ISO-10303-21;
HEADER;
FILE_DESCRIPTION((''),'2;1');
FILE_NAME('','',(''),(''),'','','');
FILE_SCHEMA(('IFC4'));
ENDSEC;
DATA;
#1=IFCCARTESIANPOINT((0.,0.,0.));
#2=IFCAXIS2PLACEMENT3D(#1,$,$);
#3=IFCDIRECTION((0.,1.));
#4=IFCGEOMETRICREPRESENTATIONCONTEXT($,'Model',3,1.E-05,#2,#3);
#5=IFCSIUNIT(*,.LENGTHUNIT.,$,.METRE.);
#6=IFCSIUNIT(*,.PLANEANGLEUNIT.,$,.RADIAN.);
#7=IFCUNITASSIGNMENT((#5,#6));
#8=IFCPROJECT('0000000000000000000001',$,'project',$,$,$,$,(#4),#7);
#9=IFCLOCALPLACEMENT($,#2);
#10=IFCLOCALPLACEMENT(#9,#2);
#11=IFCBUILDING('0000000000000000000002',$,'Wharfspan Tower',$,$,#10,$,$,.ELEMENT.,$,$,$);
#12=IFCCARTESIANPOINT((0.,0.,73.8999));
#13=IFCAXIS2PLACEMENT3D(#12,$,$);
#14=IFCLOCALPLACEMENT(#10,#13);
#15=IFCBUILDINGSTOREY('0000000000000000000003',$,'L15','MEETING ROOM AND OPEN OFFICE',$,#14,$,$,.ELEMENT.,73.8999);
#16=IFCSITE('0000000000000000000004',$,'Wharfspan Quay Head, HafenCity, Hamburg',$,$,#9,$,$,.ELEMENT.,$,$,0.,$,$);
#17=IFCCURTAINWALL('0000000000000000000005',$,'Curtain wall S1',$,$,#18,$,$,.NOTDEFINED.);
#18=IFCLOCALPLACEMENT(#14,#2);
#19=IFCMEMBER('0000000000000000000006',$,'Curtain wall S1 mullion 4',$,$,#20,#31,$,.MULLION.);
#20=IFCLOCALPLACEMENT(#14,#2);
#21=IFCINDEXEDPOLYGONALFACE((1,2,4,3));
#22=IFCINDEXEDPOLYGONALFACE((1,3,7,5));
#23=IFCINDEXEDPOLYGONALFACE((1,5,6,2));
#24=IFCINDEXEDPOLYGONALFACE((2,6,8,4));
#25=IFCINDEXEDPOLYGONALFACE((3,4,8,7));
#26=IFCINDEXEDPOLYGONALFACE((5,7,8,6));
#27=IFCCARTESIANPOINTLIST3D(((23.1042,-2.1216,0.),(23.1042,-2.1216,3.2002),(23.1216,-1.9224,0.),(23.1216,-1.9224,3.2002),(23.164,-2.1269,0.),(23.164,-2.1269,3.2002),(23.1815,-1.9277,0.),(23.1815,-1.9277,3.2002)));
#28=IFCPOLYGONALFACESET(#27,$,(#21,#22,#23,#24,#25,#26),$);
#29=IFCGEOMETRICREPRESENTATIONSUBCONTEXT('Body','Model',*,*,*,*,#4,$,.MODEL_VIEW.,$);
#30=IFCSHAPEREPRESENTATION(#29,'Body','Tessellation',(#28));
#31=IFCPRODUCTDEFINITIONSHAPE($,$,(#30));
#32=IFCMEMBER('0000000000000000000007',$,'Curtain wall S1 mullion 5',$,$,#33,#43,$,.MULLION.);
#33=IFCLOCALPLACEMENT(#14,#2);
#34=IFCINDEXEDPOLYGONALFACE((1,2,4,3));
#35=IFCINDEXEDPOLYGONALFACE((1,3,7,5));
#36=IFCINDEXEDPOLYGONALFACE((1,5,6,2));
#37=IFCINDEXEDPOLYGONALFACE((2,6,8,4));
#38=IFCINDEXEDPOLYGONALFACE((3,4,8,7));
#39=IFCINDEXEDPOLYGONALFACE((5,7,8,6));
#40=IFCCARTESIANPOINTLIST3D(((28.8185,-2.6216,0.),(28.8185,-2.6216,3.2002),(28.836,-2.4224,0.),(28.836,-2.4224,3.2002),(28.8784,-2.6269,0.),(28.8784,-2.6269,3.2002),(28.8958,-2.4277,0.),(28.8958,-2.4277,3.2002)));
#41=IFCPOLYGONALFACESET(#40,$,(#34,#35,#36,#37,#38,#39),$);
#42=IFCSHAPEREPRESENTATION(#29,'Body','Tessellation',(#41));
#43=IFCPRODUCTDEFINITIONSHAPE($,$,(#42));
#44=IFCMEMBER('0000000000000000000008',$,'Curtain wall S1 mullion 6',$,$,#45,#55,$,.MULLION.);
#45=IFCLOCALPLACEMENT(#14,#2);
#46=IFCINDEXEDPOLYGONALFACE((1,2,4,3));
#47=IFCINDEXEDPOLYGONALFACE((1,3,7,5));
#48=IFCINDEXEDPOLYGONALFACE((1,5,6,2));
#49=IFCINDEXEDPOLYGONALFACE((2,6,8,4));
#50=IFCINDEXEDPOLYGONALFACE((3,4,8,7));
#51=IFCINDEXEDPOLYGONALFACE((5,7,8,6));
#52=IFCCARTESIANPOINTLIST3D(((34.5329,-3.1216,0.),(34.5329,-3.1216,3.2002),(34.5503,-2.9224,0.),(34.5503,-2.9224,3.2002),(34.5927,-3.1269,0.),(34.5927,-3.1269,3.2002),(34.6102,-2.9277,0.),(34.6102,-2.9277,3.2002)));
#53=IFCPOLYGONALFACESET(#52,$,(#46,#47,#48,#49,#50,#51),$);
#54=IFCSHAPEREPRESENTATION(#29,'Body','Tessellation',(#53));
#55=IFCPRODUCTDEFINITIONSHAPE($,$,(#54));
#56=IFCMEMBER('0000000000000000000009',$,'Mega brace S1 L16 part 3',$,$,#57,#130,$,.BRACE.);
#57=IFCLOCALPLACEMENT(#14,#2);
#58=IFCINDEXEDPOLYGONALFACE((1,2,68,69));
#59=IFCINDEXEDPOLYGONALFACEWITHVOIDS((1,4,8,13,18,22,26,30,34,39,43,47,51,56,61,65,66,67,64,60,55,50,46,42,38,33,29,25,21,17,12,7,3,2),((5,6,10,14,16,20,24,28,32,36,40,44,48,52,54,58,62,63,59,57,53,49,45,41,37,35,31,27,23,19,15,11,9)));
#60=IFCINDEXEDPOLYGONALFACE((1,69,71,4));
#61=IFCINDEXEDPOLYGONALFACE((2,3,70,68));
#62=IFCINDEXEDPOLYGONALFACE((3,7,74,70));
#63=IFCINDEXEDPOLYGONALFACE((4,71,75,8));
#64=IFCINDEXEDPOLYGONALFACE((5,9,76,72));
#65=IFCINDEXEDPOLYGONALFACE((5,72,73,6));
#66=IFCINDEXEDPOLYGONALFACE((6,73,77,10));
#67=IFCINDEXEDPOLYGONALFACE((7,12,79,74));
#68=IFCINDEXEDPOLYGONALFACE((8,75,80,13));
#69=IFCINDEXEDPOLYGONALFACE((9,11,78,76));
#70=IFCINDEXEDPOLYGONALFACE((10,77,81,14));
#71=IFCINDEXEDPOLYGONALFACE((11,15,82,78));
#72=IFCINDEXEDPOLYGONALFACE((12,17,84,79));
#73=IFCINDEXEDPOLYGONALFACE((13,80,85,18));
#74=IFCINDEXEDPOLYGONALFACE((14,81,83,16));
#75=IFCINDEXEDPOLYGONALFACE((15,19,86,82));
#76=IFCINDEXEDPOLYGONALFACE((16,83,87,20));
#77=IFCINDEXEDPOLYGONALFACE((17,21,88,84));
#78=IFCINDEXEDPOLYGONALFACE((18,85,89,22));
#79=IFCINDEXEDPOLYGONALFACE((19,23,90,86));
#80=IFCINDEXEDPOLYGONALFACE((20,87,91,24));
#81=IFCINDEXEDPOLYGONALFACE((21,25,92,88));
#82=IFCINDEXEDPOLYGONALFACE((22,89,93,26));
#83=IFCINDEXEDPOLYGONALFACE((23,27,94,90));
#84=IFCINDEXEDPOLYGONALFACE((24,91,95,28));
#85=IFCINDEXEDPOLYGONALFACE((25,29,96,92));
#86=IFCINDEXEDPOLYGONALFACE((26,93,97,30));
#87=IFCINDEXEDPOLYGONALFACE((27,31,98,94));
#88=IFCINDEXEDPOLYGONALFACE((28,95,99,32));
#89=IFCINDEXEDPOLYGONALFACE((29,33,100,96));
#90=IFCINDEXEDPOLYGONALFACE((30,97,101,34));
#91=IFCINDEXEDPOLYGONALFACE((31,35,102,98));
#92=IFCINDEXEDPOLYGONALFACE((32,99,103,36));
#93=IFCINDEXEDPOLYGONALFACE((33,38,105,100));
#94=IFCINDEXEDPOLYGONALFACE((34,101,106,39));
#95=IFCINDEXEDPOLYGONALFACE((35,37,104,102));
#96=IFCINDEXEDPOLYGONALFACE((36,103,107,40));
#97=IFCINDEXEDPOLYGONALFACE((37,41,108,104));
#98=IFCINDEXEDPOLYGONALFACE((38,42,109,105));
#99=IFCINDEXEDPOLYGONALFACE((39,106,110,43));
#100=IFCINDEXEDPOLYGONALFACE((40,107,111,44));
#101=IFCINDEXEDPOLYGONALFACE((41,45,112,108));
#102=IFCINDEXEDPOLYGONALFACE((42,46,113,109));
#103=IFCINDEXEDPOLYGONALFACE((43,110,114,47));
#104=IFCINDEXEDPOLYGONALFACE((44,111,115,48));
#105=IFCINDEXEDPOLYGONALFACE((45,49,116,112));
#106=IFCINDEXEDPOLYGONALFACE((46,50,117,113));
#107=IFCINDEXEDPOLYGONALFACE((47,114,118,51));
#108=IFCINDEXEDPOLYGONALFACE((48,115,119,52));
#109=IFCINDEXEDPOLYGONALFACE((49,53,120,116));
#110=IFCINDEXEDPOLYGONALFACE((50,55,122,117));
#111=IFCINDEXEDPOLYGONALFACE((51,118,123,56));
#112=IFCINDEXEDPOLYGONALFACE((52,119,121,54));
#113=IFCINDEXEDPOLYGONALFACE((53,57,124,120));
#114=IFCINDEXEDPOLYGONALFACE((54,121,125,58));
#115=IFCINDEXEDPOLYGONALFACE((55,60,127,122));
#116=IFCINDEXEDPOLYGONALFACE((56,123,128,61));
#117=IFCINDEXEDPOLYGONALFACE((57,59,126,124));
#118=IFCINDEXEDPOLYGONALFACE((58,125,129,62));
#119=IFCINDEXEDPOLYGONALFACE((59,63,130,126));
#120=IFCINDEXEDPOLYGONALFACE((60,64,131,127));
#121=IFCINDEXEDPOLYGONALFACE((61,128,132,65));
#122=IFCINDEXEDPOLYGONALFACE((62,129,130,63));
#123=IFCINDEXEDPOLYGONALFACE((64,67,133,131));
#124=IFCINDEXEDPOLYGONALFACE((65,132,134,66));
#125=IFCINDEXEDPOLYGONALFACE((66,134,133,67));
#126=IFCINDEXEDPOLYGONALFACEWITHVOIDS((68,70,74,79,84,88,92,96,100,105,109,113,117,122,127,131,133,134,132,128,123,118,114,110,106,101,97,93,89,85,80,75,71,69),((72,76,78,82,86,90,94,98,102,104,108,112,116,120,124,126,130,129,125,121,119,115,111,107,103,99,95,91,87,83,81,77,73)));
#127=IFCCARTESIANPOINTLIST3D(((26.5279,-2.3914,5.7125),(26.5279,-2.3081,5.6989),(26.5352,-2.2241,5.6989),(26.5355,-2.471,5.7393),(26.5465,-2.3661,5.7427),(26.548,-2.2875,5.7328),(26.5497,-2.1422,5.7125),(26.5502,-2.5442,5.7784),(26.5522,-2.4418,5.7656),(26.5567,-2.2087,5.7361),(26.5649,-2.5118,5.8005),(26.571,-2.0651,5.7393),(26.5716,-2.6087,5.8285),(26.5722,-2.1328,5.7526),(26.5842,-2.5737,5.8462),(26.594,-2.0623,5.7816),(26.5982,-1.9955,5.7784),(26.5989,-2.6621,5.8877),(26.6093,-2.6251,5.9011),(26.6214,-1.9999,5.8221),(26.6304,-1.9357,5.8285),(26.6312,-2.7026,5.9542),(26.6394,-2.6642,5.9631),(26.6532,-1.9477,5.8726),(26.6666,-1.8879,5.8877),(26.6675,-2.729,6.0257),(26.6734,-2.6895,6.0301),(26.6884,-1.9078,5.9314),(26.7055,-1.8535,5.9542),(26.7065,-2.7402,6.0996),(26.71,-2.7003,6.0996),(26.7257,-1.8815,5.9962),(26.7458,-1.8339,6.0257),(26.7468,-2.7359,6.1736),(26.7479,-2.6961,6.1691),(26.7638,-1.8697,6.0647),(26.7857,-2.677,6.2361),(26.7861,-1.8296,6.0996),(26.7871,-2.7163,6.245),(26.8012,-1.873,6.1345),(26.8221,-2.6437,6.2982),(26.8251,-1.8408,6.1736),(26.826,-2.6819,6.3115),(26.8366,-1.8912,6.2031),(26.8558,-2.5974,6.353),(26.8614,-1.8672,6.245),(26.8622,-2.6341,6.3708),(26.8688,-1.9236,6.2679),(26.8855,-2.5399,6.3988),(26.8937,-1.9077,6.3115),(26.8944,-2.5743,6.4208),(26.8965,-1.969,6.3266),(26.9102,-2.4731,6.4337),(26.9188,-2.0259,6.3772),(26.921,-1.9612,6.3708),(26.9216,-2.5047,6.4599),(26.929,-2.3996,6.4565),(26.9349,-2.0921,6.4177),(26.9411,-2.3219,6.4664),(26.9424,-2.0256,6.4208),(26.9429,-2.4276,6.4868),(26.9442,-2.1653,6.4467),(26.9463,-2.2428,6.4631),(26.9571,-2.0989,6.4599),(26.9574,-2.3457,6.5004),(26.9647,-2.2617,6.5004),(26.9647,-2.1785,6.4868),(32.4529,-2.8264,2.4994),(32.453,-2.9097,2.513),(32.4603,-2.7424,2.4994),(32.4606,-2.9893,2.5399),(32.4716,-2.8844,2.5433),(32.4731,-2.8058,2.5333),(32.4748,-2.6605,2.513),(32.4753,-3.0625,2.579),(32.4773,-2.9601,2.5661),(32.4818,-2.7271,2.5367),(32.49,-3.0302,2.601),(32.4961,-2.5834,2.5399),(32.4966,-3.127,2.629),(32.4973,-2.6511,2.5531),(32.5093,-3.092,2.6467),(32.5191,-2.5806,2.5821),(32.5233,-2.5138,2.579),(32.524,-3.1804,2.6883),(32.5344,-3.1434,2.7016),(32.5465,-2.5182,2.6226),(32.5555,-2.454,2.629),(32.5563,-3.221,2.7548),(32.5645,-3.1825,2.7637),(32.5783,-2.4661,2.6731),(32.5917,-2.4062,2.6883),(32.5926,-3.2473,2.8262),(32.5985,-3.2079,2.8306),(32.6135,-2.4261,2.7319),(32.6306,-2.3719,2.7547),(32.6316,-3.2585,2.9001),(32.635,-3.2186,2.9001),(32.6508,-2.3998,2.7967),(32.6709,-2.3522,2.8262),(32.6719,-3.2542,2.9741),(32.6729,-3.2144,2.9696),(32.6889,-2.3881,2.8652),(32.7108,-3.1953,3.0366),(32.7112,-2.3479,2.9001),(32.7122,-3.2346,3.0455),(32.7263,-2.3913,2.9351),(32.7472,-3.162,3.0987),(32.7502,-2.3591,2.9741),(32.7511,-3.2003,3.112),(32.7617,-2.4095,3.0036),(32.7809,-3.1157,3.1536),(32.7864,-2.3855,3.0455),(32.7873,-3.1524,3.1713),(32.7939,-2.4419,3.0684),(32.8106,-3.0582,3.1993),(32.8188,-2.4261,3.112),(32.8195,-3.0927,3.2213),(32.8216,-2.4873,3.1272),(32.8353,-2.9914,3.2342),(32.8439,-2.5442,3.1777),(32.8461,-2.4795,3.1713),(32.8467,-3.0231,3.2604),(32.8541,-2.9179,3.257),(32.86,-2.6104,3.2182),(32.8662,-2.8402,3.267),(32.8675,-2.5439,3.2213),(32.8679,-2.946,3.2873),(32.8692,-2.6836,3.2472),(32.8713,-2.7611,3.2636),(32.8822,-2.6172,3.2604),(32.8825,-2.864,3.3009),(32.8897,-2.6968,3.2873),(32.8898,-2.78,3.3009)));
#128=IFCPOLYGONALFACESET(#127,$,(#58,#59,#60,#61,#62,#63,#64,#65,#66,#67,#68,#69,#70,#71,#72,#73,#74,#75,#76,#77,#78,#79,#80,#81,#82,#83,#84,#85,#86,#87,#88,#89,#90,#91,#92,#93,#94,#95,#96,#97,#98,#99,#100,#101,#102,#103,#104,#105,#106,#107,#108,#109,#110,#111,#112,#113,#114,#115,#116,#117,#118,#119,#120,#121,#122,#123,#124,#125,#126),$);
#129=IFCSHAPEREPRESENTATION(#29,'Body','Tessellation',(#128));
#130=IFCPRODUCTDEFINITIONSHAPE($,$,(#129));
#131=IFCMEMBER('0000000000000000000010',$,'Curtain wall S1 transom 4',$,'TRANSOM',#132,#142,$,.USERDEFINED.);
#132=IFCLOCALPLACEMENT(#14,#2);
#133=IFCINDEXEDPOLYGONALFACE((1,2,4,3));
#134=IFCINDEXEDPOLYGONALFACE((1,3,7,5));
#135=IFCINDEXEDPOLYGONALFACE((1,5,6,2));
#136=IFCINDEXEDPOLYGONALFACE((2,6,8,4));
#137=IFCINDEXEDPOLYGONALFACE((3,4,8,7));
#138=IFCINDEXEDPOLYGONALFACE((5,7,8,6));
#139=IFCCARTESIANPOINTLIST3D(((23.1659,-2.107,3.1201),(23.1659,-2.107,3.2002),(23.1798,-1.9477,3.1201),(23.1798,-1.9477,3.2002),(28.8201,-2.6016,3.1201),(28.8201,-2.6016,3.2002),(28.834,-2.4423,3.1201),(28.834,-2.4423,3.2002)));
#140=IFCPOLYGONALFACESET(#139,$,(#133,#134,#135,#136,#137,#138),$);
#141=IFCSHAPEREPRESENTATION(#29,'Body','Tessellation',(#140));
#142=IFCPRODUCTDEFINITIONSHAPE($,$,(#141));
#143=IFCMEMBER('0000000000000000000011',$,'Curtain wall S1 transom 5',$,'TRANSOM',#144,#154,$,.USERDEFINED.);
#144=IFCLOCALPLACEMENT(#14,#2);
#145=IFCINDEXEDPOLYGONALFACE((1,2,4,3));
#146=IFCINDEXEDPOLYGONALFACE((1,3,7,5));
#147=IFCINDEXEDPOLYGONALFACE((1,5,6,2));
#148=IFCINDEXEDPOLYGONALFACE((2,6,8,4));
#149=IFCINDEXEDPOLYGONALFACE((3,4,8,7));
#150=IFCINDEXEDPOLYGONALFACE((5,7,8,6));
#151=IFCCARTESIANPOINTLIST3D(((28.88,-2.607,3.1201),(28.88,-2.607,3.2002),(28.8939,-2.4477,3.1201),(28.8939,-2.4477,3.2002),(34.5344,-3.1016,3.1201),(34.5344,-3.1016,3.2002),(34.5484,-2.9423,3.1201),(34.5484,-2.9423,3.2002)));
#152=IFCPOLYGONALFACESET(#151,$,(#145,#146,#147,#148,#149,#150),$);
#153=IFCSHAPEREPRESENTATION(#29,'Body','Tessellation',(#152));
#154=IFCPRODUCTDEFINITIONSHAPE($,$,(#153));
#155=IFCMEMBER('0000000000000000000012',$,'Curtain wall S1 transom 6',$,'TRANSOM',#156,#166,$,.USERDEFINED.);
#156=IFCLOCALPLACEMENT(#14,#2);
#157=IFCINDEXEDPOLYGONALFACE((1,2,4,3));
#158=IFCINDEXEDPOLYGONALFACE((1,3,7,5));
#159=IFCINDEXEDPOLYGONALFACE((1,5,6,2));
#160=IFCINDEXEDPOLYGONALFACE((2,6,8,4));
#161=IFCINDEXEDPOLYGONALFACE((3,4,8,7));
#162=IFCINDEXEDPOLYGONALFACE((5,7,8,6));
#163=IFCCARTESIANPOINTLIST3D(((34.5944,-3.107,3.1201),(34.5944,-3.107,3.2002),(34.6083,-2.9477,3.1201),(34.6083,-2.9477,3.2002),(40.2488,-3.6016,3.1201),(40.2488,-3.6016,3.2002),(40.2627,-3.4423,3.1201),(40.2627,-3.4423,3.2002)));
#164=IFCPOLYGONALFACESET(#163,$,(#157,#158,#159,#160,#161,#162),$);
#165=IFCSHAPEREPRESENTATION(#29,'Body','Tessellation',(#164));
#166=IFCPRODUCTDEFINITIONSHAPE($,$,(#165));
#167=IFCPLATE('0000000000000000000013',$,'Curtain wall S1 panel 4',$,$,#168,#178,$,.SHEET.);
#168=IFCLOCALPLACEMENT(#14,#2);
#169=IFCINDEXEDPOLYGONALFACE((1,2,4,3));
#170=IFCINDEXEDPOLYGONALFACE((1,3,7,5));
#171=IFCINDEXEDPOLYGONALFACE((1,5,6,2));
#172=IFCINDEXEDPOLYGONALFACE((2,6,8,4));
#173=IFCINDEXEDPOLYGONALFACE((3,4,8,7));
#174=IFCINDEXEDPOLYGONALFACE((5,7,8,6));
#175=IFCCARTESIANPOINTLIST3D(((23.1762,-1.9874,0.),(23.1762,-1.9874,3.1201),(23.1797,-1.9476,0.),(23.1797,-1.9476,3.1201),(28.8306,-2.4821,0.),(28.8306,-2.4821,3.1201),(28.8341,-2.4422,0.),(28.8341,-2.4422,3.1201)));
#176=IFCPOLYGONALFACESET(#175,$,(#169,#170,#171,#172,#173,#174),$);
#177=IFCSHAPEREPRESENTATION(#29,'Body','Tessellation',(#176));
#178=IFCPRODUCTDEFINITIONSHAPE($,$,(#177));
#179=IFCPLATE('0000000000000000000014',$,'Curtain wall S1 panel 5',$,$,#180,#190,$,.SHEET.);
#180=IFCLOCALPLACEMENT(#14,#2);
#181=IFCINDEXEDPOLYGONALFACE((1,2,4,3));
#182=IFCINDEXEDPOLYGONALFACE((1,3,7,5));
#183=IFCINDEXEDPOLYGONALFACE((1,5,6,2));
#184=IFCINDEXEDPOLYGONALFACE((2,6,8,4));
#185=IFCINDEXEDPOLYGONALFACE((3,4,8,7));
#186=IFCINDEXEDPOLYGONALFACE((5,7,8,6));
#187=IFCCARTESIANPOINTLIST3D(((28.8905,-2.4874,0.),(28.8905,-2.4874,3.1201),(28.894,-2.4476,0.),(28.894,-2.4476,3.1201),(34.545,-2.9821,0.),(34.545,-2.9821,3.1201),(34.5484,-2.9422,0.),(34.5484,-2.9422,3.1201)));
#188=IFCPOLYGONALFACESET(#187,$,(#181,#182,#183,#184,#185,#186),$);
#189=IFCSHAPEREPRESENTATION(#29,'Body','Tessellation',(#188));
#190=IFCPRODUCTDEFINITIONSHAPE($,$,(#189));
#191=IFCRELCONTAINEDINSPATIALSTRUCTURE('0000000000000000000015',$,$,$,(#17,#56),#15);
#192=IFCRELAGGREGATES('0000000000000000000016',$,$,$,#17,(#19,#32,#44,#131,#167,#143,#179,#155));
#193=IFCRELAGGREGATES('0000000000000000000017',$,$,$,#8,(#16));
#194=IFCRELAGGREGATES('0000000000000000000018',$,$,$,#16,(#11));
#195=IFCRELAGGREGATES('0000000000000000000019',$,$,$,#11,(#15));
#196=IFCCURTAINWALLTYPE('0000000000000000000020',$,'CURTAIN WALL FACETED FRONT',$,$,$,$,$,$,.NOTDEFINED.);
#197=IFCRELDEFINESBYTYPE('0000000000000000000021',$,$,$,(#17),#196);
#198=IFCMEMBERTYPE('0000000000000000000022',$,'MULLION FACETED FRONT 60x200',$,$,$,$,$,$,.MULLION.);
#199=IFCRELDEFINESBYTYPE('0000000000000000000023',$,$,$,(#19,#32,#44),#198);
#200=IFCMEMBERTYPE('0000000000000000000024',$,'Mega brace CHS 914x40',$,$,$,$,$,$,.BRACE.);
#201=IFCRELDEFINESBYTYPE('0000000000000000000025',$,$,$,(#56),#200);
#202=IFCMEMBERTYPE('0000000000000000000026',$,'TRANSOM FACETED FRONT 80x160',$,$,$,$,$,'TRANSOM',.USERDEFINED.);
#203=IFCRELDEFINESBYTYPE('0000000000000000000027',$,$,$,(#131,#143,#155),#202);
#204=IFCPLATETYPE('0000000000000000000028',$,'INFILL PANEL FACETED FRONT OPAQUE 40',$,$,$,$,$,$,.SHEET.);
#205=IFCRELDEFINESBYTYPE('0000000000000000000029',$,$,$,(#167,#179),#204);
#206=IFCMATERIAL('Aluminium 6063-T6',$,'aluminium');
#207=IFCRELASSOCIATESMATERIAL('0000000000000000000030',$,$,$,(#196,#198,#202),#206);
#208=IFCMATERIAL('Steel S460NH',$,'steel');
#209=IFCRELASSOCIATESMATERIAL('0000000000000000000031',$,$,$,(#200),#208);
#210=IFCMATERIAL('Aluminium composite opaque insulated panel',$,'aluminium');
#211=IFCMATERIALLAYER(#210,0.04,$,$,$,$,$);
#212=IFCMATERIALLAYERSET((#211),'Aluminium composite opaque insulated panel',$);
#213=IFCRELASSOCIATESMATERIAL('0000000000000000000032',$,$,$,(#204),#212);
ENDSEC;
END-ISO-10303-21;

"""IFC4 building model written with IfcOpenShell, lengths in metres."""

from ifc_helpers import new_model, si_unit, direction, frame, origin, origin_2d, place, context, subcontext, project, spatial, rectangle, hollow_circle, extrude, material, layer, layer_set, material_profile, profile_set, type_object, element, aggregate, save


model = new_model("IFC4")

# Units and contexts
model_context = context("Model", 3, precision=1e-05, world=origin(), true_north=direction((0.0, 1.0)))
body_context = subcontext(model_context, "Body", "Model", "MODEL_VIEW")
ifc_project = project(units=[si_unit("LENGTHUNIT", "METRE"), si_unit("PLANEANGLEUNIT", "RADIAN")], contexts=[model_context])

# Site, building, storey
site_placement = place(None, origin())
site = spatial("IfcSite", under=ifc_project, at=site_placement, Name="Wharfspan Quay Head, HafenCity, Hamburg", CompositionType="ELEMENT", RefElevation=0.0)
building_placement = place(site_placement, origin())
building = spatial("IfcBuilding", under=site, at=building_placement, Name="Wharfspan Tower", CompositionType="ELEMENT")
storey_placement = place(building_placement, frame((0.0, 0.0, 73.8999)))
storey = spatial("IfcBuildingStorey", under=building, at=storey_placement, Name="L15", Description="MEETING ROOM AND OPEN OFFICE", CompositionType="ELEMENT", Elevation=73.8999)

# Curtain wall, members
ifc_material_1 = material(Name="Aluminium 6063-T6", Category="aluminium")
curtain_wall_type = type_object("IfcCurtainWallType", Name="CURTAIN WALL FACETED FRONT", PredefinedType="NOTDEFINED", material=ifc_material_1)
curtain_wall_placement = place(storey_placement, origin())
curtain_wall = element("IfcCurtainWall", 1, at=curtain_wall_placement, inside=storey, type_object=curtain_wall_type, Name="Curtain wall S1", PredefinedType="NOTDEFINED")
ifc_material_profile_1 = material_profile(ifc_material_1, rectangle(XDim=0.2, YDim=0.0601, at=origin_2d()))
ifc_profile_set_1 = profile_set([ifc_material_profile_1], Name="Aluminium 6063-T6")
member_type_1 = type_object("IfcMemberType", Name="MULLION FACETED FRONT 60x200", PredefinedType="MULLION", material=ifc_profile_set_1)
member_1_placement = place(storey_placement, frame((23.1428, -2.0247, 0.0), z_axis=(0.0, 0.0, 1.0), x_axis=(0.087156, 0.996197, 0.0)))
member_1 = element("IfcMember", 2, at=member_1_placement, type_object=member_type_1, Name="Curtain wall S1 mullion 4", PredefinedType="MULLION", context=body_context, shape_type="SweptSolid", body=[
    extrude(rectangle(XDim=0.2, YDim=0.0601, at=origin_2d()), origin(), (0.0, 0.0, 1.0), 3.2002),
])
member_2_placement = place(storey_placement, frame((28.8572, -2.5247, 0.0), z_axis=(0.0, 0.0, 1.0), x_axis=(0.087156, 0.996197, 0.0)))
member_2 = element("IfcMember", 3, at=member_2_placement, type_object=member_type_1, Name="Curtain wall S1 mullion 5", PredefinedType="MULLION", context=body_context, shape_type="SweptSolid", body=[
    extrude(rectangle(XDim=0.2, YDim=0.0601, at=origin_2d()), origin(), (0.0, 0.0, 1.0), 3.2002),
])
member_3_placement = place(storey_placement, frame((34.5715, -3.0247, 0.0), z_axis=(0.0, 0.0, 1.0), x_axis=(0.087156, 0.996197, 0.0)))
member_3 = element("IfcMember", 4, at=member_3_placement, type_object=member_type_1, Name="Curtain wall S1 mullion 6", PredefinedType="MULLION", context=body_context, shape_type="SweptSolid", body=[
    extrude(rectangle(XDim=0.2, YDim=0.0601, at=origin_2d()), origin(), (0.0, 0.0, 1.0), 3.2002),
])

# Members
ifc_material_2 = material(Name="Steel S460NH", Category="steel")
ifc_material_profile_2 = material_profile(ifc_material_2, hollow_circle(Radius=0.457, WallThickness=0.04, at=origin_2d()))
ifc_profile_set_2 = profile_set([ifc_material_profile_2], Name="Steel S460NH")
member_type_2 = type_object("IfcMemberType", Name="Mega brace CHS 914x40", PredefinedType="BRACE", material=ifc_profile_set_2)
member_4_placement = place(storey_placement, frame((32.6714, -2.8032, 2.9001), z_axis=(-0.877314, 0.076746, 0.47374), x_axis=(-0.087144, -0.996196, 0.000003)))
element("IfcMember", 5, at=member_4_placement, inside=storey, type_object=member_type_2, Name="Mega brace S1 L16 part 3", PredefinedType="BRACE", context=body_context, shape_type="SweptSolid", body=[
    extrude(hollow_circle(Radius=0.457, WallThickness=0.04, at=origin_2d()), origin(), (0.0, 0.0, 1.0), 6.7537),
])
ifc_material_profile_3 = material_profile(ifc_material_1, rectangle(XDim=0.1599, YDim=0.0801, at=origin_2d()))
ifc_profile_set_3 = profile_set([ifc_material_profile_3], Name="Aluminium 6063-T6")
member_type_3 = type_object("IfcMemberType", Name="TRANSOM FACETED FRONT 80x160", ElementType="TRANSOM", PredefinedType="USERDEFINED", material=ifc_profile_set_3)
member_5_placement = place(storey_placement, frame((23.1729, -2.0273, 3.1602), z_axis=(0.996196, -0.087146, 0.0), x_axis=(0.087146, 0.996196, 0.0)))
member_5 = element("IfcMember", 6, at=member_5_placement, type_object=member_type_3, Name="Curtain wall S1 transom 4", ObjectType="TRANSOM", PredefinedType="USERDEFINED", context=body_context, shape_type="SweptSolid", body=[
    extrude(rectangle(XDim=0.1599, YDim=0.0801, at=origin_2d()), origin(), (0.0, 0.0, 1.0), 5.6758),
])
member_6_placement = place(storey_placement, frame((28.887, -2.5273, 3.1602), z_axis=(0.996196, -0.087142, 0.0), x_axis=(0.087142, 0.996196, 0.0)))
member_6 = element("IfcMember", 7, at=member_6_placement, type_object=member_type_3, Name="Curtain wall S1 transom 5", ObjectType="TRANSOM", PredefinedType="USERDEFINED", context=body_context, shape_type="SweptSolid", body=[
    extrude(rectangle(XDim=0.1599, YDim=0.0801, at=origin_2d()), origin(), (0.0, 0.0, 1.0), 5.676),
])
member_7_placement = place(storey_placement, frame((34.6013, -3.0273, 3.1602), z_axis=(0.996196, -0.087142, 0.0), x_axis=(0.087142, 0.996196, 0.0)))
member_7 = element("IfcMember", 8, at=member_7_placement, type_object=member_type_3, Name="Curtain wall S1 transom 6", ObjectType="TRANSOM", PredefinedType="USERDEFINED", context=body_context, shape_type="SweptSolid", body=[
    extrude(rectangle(XDim=0.1599, YDim=0.0801, at=origin_2d()), origin(), (0.0, 0.0, 1.0), 5.676),
])

# Plates
ifc_material_3 = material(Name="Aluminium composite opaque insulated panel", Category="aluminium")
ifc_layer_1 = layer(ifc_material_3, 0.04)
ifc_layer_set_1 = layer_set([ifc_layer_1], Name="Aluminium composite opaque insulated panel")
plate_type = type_object("IfcPlateType", Name="INFILL PANEL FACETED FRONT OPAQUE 40", PredefinedType="SHEET", material=ifc_layer_set_1)
plate_1_placement = place(storey_placement, frame((26.0051, -2.2148, 0.0), z_axis=(0.0, 0.0, 1.0), x_axis=(0.996197, -0.087156, 0.0)))
plate_1 = element("IfcPlate", 9, at=plate_1_placement, type_object=plate_type, Name="Curtain wall S1 panel 4", PredefinedType="SHEET", context=body_context, shape_type="SweptSolid", body=[
    extrude(rectangle(XDim=5.676, YDim=0.04, at=origin_2d()), origin(), (0.0, 0.0, 1.0), 3.1201),
])
plate_2_placement = place(storey_placement, frame((31.7195, -2.7148, 0.0), z_axis=(0.0, 0.0, 1.0), x_axis=(0.996197, -0.087156, 0.0)))
plate_2 = element("IfcPlate", 10, at=plate_2_placement, type_object=plate_type, Name="Curtain wall S1 panel 5", PredefinedType="SHEET", context=body_context, shape_type="SweptSolid", body=[
    extrude(rectangle(XDim=5.676, YDim=0.04, at=origin_2d()), origin(), (0.0, 0.0, 1.0), 3.1201),
])
aggregate(curtain_wall, [member_1, member_2, member_3, member_5, plate_1, member_6, plate_2, member_7])

save(model, "model.ifc")
